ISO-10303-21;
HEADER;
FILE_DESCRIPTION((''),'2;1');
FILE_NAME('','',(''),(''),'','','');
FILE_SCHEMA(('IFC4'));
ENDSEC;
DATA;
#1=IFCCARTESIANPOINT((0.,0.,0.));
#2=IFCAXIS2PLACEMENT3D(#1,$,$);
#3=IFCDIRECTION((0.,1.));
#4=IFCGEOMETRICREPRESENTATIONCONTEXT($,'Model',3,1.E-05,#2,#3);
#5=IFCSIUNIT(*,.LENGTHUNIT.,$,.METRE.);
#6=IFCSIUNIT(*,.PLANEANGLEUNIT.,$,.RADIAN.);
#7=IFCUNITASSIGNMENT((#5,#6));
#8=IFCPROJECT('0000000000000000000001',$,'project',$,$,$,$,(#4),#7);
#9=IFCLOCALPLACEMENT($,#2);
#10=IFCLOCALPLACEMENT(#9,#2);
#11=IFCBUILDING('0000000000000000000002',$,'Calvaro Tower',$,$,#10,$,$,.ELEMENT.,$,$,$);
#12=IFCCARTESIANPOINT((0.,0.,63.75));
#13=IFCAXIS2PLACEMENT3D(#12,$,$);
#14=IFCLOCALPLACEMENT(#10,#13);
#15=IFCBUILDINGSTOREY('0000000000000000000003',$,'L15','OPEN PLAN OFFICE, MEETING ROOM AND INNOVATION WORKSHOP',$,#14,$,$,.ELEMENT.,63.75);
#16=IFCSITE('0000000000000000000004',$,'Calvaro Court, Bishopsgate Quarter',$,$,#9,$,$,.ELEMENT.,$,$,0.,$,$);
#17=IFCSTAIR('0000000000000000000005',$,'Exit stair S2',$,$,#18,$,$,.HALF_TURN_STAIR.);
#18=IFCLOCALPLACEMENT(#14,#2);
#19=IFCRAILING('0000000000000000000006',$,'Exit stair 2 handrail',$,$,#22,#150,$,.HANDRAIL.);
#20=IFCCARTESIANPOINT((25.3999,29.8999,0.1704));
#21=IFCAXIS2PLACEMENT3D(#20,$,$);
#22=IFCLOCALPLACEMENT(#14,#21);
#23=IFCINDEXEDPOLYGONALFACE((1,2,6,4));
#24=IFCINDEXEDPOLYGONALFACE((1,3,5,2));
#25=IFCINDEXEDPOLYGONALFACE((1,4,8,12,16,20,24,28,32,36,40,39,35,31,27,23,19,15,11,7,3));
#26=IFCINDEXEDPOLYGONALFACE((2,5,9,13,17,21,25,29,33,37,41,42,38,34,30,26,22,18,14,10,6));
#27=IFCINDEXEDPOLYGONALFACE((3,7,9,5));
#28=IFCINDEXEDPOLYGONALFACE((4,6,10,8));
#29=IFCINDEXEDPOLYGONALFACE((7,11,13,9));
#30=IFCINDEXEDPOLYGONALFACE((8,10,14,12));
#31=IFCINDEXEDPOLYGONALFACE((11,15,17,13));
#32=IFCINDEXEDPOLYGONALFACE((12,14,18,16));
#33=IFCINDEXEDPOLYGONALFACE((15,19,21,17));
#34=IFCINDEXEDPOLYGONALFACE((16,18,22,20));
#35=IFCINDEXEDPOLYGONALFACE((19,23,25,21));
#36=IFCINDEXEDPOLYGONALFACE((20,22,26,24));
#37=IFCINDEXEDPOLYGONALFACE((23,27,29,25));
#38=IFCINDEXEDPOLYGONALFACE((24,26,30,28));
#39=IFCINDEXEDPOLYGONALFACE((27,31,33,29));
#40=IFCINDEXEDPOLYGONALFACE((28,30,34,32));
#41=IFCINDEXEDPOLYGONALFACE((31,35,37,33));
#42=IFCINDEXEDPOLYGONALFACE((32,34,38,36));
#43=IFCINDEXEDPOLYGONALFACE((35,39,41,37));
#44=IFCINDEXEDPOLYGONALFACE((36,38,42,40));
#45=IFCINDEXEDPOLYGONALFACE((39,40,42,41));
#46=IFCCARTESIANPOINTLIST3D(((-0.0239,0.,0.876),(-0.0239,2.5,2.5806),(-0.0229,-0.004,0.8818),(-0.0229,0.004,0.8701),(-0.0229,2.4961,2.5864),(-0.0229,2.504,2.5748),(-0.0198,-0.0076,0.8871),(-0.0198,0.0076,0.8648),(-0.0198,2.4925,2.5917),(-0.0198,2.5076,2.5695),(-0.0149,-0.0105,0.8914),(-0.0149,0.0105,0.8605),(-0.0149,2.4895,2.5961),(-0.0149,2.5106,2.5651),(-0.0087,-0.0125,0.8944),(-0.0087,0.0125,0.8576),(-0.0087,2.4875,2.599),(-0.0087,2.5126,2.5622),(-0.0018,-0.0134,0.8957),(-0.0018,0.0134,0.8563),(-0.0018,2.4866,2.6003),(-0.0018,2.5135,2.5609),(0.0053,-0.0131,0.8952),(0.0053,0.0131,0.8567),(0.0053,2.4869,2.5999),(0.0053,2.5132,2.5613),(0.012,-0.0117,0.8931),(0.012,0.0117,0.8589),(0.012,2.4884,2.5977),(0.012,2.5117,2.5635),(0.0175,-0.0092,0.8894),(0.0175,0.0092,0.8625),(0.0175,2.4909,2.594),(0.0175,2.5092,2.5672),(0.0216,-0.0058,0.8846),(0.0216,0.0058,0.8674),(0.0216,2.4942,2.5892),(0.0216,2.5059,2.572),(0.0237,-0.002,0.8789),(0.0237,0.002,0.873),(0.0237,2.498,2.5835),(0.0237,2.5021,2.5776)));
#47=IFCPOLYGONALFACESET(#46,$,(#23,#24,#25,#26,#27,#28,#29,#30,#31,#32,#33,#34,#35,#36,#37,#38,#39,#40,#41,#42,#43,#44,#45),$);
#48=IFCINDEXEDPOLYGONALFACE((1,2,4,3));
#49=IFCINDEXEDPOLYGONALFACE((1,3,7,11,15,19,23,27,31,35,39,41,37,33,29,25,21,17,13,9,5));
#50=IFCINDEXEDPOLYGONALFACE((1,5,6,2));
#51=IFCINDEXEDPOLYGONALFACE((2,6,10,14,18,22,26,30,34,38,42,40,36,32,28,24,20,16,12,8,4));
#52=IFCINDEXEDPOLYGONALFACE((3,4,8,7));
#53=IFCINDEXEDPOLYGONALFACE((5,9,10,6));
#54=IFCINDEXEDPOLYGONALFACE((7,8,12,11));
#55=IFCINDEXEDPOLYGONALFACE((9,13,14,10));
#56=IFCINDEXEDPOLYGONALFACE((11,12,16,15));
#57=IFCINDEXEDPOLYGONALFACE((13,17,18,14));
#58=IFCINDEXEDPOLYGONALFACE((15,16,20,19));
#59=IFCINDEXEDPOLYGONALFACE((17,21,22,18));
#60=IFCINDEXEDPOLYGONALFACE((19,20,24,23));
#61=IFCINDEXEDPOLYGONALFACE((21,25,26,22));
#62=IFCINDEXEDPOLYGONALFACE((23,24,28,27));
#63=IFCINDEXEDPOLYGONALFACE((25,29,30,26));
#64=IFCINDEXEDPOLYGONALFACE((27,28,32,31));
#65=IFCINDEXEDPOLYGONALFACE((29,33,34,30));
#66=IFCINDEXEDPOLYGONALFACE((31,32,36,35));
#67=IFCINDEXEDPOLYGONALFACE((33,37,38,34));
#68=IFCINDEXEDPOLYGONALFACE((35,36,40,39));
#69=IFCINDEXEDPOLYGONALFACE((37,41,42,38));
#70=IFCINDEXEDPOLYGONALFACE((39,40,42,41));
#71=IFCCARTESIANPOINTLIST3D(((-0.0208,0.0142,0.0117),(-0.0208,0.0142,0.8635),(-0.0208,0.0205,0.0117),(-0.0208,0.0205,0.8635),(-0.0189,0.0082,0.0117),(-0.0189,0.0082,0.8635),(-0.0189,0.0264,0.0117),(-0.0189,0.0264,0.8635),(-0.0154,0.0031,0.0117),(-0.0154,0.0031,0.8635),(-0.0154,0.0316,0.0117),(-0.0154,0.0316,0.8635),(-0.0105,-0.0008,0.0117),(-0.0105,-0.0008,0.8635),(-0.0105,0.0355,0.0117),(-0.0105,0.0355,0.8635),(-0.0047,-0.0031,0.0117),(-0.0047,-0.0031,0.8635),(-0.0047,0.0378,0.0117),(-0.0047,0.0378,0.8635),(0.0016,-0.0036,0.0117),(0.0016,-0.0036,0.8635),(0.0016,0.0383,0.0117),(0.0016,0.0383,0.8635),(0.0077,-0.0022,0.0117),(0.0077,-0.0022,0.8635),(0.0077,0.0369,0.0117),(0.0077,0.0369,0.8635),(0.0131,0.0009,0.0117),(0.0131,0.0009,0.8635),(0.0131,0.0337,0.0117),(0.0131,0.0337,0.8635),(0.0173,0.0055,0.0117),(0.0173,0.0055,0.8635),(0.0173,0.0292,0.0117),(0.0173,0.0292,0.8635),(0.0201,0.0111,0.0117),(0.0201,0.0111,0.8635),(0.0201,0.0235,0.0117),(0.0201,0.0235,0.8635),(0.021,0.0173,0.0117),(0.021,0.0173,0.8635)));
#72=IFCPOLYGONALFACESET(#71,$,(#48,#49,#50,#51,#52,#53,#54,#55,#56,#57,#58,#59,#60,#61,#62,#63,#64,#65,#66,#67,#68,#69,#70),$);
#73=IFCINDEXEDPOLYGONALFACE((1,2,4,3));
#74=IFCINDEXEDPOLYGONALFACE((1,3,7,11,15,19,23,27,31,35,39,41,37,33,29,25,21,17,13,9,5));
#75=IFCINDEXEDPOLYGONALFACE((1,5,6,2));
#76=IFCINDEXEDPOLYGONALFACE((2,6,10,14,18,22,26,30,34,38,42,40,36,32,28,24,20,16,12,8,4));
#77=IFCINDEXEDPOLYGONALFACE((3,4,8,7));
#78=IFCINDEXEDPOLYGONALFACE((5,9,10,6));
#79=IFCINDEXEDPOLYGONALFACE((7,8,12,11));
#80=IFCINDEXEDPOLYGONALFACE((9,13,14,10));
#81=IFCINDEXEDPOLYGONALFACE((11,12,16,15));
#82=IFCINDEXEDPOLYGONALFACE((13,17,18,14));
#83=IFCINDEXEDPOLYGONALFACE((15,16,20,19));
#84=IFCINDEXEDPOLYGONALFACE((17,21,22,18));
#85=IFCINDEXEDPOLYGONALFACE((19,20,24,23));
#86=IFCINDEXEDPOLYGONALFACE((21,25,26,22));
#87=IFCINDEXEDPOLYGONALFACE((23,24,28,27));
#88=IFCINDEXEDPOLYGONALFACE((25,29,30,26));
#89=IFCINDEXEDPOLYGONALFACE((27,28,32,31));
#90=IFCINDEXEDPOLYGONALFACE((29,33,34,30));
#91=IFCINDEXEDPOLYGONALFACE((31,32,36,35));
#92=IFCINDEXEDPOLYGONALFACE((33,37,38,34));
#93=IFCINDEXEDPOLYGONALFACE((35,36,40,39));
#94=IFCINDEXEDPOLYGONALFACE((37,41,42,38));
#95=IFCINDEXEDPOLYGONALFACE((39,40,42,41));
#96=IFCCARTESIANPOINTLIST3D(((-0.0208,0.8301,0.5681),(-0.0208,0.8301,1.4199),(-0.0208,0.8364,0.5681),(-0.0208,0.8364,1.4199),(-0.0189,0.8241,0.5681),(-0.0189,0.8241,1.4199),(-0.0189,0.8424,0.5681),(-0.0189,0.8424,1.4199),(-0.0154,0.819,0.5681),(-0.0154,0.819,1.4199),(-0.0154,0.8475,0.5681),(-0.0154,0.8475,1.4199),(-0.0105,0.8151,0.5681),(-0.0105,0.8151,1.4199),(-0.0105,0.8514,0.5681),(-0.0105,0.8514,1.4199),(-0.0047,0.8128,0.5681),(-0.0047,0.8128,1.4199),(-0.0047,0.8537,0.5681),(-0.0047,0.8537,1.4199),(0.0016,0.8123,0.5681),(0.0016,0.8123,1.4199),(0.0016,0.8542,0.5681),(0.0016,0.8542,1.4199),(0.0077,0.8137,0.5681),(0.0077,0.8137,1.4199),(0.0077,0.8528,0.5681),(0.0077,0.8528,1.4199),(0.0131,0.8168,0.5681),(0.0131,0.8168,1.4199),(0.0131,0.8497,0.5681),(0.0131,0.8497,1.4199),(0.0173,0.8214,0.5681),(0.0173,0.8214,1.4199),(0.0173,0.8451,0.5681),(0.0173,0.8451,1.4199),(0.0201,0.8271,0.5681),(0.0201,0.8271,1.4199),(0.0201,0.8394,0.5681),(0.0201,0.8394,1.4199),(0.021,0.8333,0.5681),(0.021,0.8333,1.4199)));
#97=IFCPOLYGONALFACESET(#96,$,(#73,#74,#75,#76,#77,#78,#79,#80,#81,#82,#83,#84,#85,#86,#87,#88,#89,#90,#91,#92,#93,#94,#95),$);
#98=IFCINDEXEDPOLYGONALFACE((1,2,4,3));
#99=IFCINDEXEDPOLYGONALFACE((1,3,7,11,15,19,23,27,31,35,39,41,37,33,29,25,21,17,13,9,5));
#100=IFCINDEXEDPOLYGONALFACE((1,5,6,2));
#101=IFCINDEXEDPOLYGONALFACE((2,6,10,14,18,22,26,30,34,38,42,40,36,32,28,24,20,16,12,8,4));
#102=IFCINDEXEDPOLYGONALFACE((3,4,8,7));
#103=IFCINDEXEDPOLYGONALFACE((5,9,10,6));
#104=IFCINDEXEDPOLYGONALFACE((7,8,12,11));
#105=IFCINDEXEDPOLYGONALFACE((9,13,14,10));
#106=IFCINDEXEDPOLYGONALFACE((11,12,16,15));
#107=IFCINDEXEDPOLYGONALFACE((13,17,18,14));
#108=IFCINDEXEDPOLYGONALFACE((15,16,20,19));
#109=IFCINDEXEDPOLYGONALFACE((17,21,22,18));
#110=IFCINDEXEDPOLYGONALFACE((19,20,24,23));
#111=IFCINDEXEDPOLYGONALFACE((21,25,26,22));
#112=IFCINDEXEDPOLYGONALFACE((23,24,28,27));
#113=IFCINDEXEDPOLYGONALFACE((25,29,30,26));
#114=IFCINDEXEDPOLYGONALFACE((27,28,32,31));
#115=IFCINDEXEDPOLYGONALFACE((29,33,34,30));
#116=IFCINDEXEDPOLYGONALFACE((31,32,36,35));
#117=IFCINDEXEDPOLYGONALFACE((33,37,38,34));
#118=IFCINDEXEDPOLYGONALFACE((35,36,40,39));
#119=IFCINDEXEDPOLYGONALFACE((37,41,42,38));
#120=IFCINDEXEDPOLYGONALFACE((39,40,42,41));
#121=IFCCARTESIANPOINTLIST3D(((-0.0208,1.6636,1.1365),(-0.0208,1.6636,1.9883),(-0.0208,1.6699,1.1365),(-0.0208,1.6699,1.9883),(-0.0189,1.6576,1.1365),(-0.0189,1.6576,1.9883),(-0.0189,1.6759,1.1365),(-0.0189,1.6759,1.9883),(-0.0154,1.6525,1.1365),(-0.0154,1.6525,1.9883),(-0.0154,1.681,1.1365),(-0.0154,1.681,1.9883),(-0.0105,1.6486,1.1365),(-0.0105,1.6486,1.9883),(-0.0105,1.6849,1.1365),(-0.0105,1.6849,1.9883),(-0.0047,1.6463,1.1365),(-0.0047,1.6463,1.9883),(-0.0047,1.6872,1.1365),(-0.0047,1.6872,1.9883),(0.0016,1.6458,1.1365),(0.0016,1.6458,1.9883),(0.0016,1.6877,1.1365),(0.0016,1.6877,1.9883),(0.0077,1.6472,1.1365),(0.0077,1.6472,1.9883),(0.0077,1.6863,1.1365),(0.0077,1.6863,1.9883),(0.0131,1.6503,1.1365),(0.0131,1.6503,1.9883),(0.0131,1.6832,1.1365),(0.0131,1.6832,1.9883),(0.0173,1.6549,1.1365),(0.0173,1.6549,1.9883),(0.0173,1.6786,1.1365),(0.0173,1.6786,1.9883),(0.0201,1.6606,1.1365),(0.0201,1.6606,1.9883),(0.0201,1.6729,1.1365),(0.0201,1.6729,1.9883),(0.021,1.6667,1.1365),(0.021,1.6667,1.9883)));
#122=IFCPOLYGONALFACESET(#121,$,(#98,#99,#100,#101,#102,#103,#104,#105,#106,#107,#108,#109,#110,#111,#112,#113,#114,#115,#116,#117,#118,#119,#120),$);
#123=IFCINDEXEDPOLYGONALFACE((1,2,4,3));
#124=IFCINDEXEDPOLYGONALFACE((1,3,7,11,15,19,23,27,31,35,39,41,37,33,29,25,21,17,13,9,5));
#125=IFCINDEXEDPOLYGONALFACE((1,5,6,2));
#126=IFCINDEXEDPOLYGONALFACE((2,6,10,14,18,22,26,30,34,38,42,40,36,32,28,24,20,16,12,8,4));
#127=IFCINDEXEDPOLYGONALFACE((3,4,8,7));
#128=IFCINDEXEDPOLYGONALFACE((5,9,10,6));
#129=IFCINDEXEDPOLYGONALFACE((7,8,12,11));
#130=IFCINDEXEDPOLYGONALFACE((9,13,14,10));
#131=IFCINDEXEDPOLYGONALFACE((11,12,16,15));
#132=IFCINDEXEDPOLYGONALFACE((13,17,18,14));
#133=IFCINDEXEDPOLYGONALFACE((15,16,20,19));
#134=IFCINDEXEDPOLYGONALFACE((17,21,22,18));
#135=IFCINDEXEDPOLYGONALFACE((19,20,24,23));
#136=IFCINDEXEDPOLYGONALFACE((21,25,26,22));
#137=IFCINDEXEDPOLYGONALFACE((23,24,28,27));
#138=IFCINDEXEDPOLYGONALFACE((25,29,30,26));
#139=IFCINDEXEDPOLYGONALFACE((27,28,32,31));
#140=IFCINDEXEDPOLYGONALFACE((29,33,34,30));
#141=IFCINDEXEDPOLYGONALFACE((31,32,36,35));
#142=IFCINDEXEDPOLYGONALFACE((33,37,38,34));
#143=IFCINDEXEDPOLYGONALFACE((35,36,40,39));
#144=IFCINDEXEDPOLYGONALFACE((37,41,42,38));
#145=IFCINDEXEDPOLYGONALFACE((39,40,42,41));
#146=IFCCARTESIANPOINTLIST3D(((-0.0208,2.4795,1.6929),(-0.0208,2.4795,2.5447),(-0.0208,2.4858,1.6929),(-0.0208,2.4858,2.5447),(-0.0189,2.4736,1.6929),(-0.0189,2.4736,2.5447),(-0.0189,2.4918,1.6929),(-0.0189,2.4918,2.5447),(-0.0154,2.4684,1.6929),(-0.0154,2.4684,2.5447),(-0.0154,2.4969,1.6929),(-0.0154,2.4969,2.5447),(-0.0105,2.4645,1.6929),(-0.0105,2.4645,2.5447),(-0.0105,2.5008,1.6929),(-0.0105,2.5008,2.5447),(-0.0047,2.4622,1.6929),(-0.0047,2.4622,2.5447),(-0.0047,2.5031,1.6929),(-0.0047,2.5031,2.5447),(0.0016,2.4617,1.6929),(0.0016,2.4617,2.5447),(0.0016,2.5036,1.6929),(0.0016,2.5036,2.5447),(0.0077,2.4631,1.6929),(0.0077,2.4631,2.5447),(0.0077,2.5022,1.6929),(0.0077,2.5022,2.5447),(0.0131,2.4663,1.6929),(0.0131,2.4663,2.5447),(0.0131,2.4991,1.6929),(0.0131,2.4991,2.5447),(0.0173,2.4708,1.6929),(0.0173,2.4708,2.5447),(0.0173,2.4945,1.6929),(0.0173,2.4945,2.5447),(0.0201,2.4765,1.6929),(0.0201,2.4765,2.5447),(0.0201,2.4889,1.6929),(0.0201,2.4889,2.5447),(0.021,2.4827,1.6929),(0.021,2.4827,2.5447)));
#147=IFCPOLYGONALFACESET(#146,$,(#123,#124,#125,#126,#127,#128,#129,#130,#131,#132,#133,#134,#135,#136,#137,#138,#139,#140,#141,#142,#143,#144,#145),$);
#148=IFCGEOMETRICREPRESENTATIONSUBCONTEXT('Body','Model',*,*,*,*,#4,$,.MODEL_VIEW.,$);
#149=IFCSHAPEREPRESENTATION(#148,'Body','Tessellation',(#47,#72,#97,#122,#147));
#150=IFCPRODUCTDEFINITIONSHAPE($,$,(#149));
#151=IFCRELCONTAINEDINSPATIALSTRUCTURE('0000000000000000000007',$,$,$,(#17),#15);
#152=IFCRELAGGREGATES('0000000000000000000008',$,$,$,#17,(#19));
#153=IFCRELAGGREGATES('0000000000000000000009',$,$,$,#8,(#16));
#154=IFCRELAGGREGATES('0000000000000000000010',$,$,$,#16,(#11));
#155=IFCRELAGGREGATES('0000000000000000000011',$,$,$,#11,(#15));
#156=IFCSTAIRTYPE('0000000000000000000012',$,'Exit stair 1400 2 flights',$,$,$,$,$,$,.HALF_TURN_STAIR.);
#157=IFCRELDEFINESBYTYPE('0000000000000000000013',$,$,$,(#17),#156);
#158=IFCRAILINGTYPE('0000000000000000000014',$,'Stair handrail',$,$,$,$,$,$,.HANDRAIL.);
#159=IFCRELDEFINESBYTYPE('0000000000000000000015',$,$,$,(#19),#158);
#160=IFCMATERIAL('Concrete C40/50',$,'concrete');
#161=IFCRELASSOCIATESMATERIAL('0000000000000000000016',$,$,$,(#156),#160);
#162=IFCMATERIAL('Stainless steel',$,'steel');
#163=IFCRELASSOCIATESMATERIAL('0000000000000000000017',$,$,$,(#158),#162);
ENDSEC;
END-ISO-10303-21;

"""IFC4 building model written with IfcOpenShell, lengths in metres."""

from ifc_helpers import new_model, si_unit, direction, frame, origin, origin_2d, place, context, subcontext, project, spatial, circle, extrude, material, type_object, element, aggregate, save


model = new_model("IFC4")

# Units and contexts
model_context = context("Model", 3, precision=1e-05, world=origin(), true_north=direction((0.0, 1.0)))
body_context = subcontext(model_context, "Body", "Model", "MODEL_VIEW")
ifc_project = project(units=[si_unit("LENGTHUNIT", "METRE"), si_unit("PLANEANGLEUNIT", "RADIAN")], contexts=[model_context])

# Site, building, storey
site_placement = place(None, origin())
site = spatial("IfcSite", under=ifc_project, at=site_placement, Name="Calvaro Court, Bishopsgate Quarter", CompositionType="ELEMENT", RefElevation=0.0)
building_placement = place(site_placement, origin())
building = spatial("IfcBuilding", under=site, at=building_placement, Name="Calvaro Tower", CompositionType="ELEMENT")
storey_placement = place(building_placement, frame((0.0, 0.0, 63.75)))
storey = spatial("IfcBuildingStorey", under=building, at=storey_placement, Name="L15", Description="OPEN PLAN OFFICE, MEETING ROOM AND INNOVATION WORKSHOP", CompositionType="ELEMENT", Elevation=63.75)

# Stair, railing
ifc_material_1 = material(Name="Concrete C40/50", Category="concrete")
stair_type = type_object("IfcStairType", Name="Exit stair 1400 2 flights", PredefinedType="HALF_TURN_STAIR", material=ifc_material_1)
stair_placement = place(storey_placement, origin())
stair = element("IfcStair", 1, at=stair_placement, inside=storey, type_object=stair_type, Name="Exit stair S2", PredefinedType="HALF_TURN_STAIR")
ifc_material_2 = material(Name="Stainless steel", Category="steel")
railing_type = type_object("IfcRailingType", Name="Stair handrail", PredefinedType="HANDRAIL", material=ifc_material_2)
railing_1_placement = place(storey_placement, frame((25.3999, 29.8999, 0.1704)))
railing_1 = element("IfcRailing", 2, at=railing_1_placement, type_object=railing_type, Name="Exit stair 2 handrail", PredefinedType="HANDRAIL", context=body_context, shape_type="SweptSolid", body=[
    extrude(circle(Radius=0.0239, at=origin_2d()), frame((0.0, 0.0, 0.876), z_axis=(0.0, 0.826221, 0.563347), x_axis=(-1.0, 0.0, 0.0)), (0.0, 0.0, 1.0), 3.0259),
    extrude(circle(Radius=0.021, at=origin_2d()), frame((0.0, 0.0173, 0.0117)), (0.0, 0.0, 1.0), 0.8518),
    extrude(circle(Radius=0.021, at=origin_2d()), frame((0.0, 0.8333, 0.5681)), (0.0, 0.0, 1.0), 0.8518),
    extrude(circle(Radius=0.021, at=origin_2d()), frame((0.0, 1.6667, 1.1365)), (0.0, 0.0, 1.0), 0.8518),
    extrude(circle(Radius=0.021, at=origin_2d()), frame((0.0, 2.4827, 1.6929)), (0.0, 0.0, 1.0), 0.8518),
])
aggregate(stair, [railing_1])

save(model, "model.ifc")
